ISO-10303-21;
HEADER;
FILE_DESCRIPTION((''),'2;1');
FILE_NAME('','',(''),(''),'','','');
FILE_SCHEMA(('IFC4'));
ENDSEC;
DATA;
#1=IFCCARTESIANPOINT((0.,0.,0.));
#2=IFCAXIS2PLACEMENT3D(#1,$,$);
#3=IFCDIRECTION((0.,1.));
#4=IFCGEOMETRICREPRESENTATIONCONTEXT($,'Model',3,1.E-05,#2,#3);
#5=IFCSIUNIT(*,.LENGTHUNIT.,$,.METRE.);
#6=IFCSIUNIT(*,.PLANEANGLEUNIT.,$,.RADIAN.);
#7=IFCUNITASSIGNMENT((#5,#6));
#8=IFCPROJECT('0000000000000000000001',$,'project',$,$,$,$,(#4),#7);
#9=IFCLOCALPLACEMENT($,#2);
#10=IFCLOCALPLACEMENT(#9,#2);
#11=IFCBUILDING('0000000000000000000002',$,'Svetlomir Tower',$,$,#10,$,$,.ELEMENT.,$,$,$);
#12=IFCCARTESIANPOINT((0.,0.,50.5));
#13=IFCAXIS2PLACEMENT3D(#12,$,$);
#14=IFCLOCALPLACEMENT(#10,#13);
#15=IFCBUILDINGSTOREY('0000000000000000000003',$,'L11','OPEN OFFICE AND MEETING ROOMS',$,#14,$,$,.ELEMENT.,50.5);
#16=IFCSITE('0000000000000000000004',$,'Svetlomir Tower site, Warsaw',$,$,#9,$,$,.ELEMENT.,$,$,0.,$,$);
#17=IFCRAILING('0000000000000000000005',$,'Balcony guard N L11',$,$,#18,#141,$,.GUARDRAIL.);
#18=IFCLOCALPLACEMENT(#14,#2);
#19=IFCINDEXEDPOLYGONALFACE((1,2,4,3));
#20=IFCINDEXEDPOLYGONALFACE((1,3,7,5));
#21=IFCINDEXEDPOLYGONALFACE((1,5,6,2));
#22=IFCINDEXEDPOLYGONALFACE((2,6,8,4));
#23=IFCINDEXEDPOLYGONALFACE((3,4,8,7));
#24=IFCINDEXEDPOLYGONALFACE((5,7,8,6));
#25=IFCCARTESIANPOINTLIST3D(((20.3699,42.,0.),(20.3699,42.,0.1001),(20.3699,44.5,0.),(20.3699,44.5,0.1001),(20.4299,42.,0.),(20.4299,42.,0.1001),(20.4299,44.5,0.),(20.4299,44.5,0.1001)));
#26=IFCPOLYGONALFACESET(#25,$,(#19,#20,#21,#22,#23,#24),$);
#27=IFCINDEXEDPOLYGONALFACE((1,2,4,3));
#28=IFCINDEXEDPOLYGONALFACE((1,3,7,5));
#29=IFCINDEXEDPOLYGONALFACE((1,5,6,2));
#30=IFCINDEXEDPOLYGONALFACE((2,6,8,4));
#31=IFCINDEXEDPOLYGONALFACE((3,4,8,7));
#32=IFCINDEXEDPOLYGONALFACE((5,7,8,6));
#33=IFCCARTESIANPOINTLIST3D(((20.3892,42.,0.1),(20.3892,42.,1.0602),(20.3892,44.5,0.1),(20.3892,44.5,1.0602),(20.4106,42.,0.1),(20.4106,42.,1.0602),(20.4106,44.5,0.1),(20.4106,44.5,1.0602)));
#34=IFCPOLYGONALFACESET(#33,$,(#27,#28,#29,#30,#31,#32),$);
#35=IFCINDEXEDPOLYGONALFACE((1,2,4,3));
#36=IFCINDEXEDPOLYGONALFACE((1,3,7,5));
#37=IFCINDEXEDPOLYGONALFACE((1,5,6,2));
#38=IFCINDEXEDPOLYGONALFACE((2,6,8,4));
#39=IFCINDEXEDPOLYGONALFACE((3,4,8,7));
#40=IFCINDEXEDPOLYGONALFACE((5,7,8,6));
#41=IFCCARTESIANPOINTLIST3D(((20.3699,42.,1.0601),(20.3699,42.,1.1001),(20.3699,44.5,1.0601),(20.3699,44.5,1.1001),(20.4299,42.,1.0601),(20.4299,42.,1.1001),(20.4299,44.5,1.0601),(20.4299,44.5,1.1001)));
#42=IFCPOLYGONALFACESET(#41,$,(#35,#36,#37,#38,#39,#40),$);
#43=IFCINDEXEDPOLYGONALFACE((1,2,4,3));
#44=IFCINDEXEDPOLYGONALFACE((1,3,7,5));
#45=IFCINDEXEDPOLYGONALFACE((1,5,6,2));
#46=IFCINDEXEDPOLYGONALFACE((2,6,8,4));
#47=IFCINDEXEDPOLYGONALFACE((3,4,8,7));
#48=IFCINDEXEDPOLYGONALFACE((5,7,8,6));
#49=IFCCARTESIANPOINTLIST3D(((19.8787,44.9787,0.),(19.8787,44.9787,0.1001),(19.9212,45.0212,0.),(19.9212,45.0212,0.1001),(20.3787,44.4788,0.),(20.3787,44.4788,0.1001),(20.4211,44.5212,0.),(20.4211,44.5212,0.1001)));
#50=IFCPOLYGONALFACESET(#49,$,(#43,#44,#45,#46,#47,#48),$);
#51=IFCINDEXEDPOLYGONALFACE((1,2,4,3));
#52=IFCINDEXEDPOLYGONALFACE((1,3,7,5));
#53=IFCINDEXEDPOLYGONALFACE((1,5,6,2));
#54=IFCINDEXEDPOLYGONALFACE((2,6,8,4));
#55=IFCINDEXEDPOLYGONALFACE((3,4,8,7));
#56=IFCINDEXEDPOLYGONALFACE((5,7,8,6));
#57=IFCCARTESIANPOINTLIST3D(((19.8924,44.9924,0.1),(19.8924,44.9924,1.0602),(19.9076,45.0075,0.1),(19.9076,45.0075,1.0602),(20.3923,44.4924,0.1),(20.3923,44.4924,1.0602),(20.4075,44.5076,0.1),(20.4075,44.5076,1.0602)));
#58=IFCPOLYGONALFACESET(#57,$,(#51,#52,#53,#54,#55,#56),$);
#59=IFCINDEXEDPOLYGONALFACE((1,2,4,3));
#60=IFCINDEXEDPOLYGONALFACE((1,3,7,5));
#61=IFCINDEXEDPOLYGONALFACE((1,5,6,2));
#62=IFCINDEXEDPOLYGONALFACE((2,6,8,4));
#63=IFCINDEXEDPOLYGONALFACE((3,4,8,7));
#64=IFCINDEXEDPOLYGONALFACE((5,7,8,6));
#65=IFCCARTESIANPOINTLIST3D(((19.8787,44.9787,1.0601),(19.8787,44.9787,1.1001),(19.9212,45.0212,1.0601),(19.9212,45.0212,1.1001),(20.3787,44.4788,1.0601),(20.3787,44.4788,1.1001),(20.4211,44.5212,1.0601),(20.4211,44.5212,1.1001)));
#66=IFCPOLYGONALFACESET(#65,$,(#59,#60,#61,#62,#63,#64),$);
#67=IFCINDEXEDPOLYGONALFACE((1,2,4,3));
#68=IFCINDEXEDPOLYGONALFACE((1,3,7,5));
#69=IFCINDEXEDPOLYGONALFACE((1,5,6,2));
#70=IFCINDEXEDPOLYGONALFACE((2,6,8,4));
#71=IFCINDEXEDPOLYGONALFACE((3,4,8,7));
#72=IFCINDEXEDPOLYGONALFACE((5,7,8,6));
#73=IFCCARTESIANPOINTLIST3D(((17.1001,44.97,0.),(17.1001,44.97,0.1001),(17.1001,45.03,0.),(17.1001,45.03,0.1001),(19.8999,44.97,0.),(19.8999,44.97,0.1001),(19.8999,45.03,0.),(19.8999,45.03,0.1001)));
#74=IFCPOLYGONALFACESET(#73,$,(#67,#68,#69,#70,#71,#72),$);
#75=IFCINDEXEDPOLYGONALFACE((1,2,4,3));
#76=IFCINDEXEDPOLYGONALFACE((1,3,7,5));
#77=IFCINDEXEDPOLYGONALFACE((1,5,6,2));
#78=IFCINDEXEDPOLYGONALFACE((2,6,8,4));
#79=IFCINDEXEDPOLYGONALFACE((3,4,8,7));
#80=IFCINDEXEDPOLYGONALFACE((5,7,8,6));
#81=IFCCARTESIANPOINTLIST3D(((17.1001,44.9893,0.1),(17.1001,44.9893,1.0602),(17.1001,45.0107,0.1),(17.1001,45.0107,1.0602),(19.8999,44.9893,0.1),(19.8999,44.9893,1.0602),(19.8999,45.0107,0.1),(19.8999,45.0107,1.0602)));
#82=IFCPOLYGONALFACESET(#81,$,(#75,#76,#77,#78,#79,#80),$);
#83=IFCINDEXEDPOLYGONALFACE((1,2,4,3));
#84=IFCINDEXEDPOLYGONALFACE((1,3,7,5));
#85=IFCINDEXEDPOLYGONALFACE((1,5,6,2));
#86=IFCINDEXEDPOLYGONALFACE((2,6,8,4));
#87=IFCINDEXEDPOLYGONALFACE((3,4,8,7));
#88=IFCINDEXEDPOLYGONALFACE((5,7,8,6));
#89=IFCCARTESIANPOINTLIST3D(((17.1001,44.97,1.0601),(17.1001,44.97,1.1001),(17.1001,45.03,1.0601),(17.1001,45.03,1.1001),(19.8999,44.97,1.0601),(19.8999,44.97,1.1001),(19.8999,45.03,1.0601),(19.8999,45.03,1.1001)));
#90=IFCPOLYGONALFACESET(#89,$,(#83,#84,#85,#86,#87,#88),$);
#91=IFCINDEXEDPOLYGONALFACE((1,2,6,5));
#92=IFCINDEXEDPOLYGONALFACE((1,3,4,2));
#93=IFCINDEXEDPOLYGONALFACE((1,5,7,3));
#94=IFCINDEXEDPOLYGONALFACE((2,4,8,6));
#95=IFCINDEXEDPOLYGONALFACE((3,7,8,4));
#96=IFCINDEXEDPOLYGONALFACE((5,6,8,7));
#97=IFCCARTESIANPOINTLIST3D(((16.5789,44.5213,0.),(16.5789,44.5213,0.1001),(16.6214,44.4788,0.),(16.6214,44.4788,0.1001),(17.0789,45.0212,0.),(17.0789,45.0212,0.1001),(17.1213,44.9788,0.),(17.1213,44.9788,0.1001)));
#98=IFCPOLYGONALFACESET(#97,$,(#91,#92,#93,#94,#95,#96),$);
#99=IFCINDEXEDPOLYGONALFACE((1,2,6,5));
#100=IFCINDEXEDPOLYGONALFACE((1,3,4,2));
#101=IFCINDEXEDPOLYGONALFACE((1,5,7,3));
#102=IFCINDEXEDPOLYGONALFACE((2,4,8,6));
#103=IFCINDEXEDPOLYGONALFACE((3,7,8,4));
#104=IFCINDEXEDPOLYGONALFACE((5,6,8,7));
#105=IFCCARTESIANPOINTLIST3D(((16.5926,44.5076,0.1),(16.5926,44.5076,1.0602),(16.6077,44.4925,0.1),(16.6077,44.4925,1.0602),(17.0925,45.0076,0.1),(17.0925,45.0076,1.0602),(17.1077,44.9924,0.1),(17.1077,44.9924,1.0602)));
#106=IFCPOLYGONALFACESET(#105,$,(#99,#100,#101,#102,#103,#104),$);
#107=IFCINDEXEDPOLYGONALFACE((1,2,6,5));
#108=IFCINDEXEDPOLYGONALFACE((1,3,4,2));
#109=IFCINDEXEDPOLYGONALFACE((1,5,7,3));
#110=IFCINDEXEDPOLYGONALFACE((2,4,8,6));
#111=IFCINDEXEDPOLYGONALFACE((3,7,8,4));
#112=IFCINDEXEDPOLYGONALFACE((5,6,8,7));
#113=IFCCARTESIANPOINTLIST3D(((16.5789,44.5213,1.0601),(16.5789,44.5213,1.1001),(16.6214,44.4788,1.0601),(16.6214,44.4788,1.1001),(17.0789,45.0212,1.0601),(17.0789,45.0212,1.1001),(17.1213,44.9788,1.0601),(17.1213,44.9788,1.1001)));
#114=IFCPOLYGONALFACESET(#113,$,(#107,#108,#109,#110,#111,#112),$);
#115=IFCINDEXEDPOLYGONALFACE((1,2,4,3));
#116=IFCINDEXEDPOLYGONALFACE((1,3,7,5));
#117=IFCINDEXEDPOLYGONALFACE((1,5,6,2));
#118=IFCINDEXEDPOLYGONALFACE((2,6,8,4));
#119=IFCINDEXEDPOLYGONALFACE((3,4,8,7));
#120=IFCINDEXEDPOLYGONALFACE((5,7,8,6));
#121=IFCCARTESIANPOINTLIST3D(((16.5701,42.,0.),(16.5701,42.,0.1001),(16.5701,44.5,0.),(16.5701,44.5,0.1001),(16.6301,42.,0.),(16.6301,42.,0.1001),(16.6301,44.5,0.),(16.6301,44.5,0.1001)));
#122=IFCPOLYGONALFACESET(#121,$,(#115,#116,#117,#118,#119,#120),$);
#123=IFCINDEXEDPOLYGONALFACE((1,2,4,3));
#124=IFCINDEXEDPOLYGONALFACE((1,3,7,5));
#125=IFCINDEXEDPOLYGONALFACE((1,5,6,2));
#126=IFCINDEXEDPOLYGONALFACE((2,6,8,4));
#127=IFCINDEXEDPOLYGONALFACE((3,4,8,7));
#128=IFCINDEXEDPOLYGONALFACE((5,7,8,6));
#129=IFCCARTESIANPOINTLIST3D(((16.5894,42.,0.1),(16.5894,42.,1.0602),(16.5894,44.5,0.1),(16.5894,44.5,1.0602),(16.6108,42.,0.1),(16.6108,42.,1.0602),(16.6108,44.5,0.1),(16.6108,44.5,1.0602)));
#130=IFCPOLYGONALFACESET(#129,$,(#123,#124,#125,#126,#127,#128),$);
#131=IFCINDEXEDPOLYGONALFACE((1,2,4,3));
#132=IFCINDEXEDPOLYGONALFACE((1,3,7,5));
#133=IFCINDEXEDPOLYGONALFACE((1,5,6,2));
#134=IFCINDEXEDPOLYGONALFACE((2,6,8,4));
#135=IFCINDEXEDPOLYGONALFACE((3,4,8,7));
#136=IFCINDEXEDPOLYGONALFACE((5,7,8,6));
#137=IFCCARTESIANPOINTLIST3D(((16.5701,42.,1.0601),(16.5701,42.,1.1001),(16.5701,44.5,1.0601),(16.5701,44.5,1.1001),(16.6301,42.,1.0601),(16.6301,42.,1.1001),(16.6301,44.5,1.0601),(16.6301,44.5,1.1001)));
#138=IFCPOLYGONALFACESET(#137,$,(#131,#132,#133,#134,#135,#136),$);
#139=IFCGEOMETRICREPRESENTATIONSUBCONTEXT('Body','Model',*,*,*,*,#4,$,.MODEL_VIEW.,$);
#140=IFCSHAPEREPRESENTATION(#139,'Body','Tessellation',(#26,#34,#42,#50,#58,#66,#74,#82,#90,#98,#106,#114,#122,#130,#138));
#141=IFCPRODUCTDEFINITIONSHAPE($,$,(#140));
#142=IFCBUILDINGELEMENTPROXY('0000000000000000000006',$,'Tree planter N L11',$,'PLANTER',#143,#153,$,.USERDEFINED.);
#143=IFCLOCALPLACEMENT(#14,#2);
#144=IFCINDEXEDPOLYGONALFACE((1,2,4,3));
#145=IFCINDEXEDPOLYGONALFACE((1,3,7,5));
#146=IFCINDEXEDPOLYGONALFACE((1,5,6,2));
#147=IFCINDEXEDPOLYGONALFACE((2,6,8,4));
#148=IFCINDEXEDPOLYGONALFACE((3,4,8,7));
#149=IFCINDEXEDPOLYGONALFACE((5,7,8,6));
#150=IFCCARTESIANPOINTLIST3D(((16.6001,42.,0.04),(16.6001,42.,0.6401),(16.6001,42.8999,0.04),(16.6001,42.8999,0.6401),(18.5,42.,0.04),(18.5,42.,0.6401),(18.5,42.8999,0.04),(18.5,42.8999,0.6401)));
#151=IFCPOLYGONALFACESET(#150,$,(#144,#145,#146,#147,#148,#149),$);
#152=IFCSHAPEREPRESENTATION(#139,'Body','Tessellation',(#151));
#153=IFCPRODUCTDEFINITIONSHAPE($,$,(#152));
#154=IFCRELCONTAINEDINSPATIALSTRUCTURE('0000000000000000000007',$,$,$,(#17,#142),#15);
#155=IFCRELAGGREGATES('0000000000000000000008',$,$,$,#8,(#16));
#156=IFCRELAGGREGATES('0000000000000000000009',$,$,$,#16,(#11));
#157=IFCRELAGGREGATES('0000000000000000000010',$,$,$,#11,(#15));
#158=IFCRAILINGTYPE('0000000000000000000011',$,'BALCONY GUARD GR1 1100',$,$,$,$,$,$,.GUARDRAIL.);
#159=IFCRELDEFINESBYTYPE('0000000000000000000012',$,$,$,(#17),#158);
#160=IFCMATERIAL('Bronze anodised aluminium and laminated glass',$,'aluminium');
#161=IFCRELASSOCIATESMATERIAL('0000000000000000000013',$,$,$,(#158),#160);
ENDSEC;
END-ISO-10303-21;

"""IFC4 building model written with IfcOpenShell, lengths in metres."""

from ifc_helpers import new_model, si_unit, direction, frame, origin, origin_2d, place, context, subcontext, project, spatial, rectangle, extrude, material, type_object, element, save


model = new_model("IFC4")

# Units and contexts
model_context = context("Model", 3, precision=1e-05, world=origin(), true_north=direction((0.0, 1.0)))
body_context = subcontext(model_context, "Body", "Model", "MODEL_VIEW")
ifc_project = project(units=[si_unit("LENGTHUNIT", "METRE"), si_unit("PLANEANGLEUNIT", "RADIAN")], contexts=[model_context])

# Site, building, storey
site_placement = place(None, origin())
site = spatial("IfcSite", under=ifc_project, at=site_placement, Name="Svetlomir Tower site, Warsaw", CompositionType="ELEMENT", RefElevation=0.0)
building_placement = place(site_placement, origin())
building = spatial("IfcBuilding", under=site, at=building_placement, Name="Svetlomir Tower", CompositionType="ELEMENT")
storey_placement = place(building_placement, frame((0.0, 0.0, 50.5)))
storey = spatial("IfcBuildingStorey", under=building, at=storey_placement, Name="L11", Description="OPEN OFFICE AND MEETING ROOMS", CompositionType="ELEMENT", Elevation=50.5)

# Railing
ifc_material_1 = material(Name="Bronze anodised aluminium and laminated glass", Category="aluminium")
railing_type = type_object("IfcRailingType", Name="BALCONY GUARD GR1 1100", PredefinedType="GUARDRAIL", material=ifc_material_1)
railing_placement = place(storey_placement, frame((20.3999, 42.0, 0.0)))
element("IfcRailing", 1, at=railing_placement, inside=storey, type_object=railing_type, Name="Balcony guard N L11", PredefinedType="GUARDRAIL", context=body_context, shape_type="SweptSolid", body=[
    extrude(rectangle(XDim=0.0601, YDim=0.1001, at=origin_2d()), frame((0.0, 0.0, 0.05), z_axis=(0.0, 1.0, 0.0), x_axis=(-1.0, 0.0, 0.0)), (0.0, 0.0, 1.0), 2.5),
    extrude(rectangle(XDim=0.0215, YDim=0.9602, at=origin_2d()), frame((0.0, 0.0, 0.5801), z_axis=(0.0, 1.0, 0.0), x_axis=(-1.0, 0.0, 0.0)), (0.0, 0.0, 1.0), 2.5),
    extrude(rectangle(XDim=0.0601, YDim=0.04, at=origin_2d()), frame((0.0, 0.0, 1.0801), z_axis=(0.0, 1.0, 0.0), x_axis=(-1.0, 0.0, 0.0)), (0.0, 0.0, 1.0), 2.5),
    extrude(rectangle(XDim=0.0601, YDim=0.1001, at=origin_2d()), frame((0.0, 2.5, 0.05), z_axis=(-0.707107, 0.707107, 0.0), x_axis=(-0.707107, -0.707107, 0.0)), (0.0, 0.0, 1.0), 0.707),
    extrude(rectangle(XDim=0.0215, YDim=0.9602, at=origin_2d()), frame((0.0, 2.5, 0.5801), z_axis=(-0.707107, 0.707107, 0.0), x_axis=(-0.707107, -0.707107, 0.0)), (0.0, 0.0, 1.0), 0.707),
    extrude(rectangle(XDim=0.0601, YDim=0.04, at=origin_2d()), frame((0.0, 2.5, 1.0801), z_axis=(-0.707107, 0.707107, 0.0), x_axis=(-0.707107, -0.707107, 0.0)), (0.0, 0.0, 1.0), 0.707),
    extrude(rectangle(XDim=0.0601, YDim=0.1001, at=origin_2d()), frame((-0.5, 3.0, 0.05), z_axis=(-1.0, 0.0, 0.0), x_axis=(0.0, -1.0, 0.0)), (0.0, 0.0, 1.0), 2.7998),
    extrude(rectangle(XDim=0.0215, YDim=0.9602, at=origin_2d()), frame((-0.5, 3.0, 0.5801), z_axis=(-1.0, 0.0, 0.0), x_axis=(0.0, -1.0, 0.0)), (0.0, 0.0, 1.0), 2.7998),
    extrude(rectangle(XDim=0.0601, YDim=0.04, at=origin_2d()), frame((-0.5, 3.0, 1.0801), z_axis=(-1.0, 0.0, 0.0), x_axis=(0.0, -1.0, 0.0)), (0.0, 0.0, 1.0), 2.7998),
    extrude(rectangle(XDim=0.0601, YDim=0.1001, at=origin_2d()), frame((-3.2998, 3.0, 0.05), z_axis=(-0.707107, -0.707107, 0.0), x_axis=(0.707107, -0.707107, 0.0)), (0.0, 0.0, 1.0), 0.707),
    extrude(rectangle(XDim=0.0215, YDim=0.9602, at=origin_2d()), frame((-3.2998, 3.0, 0.5801), z_axis=(-0.707107, -0.707107, 0.0), x_axis=(0.707107, -0.707107, 0.0)), (0.0, 0.0, 1.0), 0.707),
    extrude(rectangle(XDim=0.0601, YDim=0.04, at=origin_2d()), frame((-3.2998, 3.0, 1.0801), z_axis=(-0.707107, -0.707107, 0.0), x_axis=(0.707107, -0.707107, 0.0)), (0.0, 0.0, 1.0), 0.707),
    extrude(rectangle(XDim=0.0601, YDim=0.1001, at=origin_2d()), frame((-3.7998, 2.5, 0.05), z_axis=(0.0, -1.0, 0.0), x_axis=(1.0, 0.0, 0.0)), (0.0, 0.0, 1.0), 2.5),
    extrude(rectangle(XDim=0.0215, YDim=0.9602, at=origin_2d()), frame((-3.7998, 2.5, 0.5801), z_axis=(0.0, -1.0, 0.0), x_axis=(1.0, 0.0, 0.0)), (0.0, 0.0, 1.0), 2.5),
    extrude(rectangle(XDim=0.0601, YDim=0.04, at=origin_2d()), frame((-3.7998, 2.5, 1.0801), z_axis=(0.0, -1.0, 0.0), x_axis=(1.0, 0.0, 0.0)), (0.0, 0.0, 1.0), 2.5),
])

# Building element proxy
proxy_placement = place(storey_placement, frame((17.55, 42.45, 0.04), z_axis=(0.0, 0.0, 1.0), x_axis=(1.0, 0.0, 0.0)))
element("IfcBuildingElementProxy", 2, at=proxy_placement, inside=storey, Name="Tree planter N L11", ObjectType="PLANTER", PredefinedType="USERDEFINED", context=body_context, shape_type="SweptSolid", body=[
    extrude(rectangle(XDim=1.8999, YDim=0.8999, at=origin_2d()), origin(), (0.0, 0.0, 1.0), 0.6001),
])

save(model, "model.ifc")
